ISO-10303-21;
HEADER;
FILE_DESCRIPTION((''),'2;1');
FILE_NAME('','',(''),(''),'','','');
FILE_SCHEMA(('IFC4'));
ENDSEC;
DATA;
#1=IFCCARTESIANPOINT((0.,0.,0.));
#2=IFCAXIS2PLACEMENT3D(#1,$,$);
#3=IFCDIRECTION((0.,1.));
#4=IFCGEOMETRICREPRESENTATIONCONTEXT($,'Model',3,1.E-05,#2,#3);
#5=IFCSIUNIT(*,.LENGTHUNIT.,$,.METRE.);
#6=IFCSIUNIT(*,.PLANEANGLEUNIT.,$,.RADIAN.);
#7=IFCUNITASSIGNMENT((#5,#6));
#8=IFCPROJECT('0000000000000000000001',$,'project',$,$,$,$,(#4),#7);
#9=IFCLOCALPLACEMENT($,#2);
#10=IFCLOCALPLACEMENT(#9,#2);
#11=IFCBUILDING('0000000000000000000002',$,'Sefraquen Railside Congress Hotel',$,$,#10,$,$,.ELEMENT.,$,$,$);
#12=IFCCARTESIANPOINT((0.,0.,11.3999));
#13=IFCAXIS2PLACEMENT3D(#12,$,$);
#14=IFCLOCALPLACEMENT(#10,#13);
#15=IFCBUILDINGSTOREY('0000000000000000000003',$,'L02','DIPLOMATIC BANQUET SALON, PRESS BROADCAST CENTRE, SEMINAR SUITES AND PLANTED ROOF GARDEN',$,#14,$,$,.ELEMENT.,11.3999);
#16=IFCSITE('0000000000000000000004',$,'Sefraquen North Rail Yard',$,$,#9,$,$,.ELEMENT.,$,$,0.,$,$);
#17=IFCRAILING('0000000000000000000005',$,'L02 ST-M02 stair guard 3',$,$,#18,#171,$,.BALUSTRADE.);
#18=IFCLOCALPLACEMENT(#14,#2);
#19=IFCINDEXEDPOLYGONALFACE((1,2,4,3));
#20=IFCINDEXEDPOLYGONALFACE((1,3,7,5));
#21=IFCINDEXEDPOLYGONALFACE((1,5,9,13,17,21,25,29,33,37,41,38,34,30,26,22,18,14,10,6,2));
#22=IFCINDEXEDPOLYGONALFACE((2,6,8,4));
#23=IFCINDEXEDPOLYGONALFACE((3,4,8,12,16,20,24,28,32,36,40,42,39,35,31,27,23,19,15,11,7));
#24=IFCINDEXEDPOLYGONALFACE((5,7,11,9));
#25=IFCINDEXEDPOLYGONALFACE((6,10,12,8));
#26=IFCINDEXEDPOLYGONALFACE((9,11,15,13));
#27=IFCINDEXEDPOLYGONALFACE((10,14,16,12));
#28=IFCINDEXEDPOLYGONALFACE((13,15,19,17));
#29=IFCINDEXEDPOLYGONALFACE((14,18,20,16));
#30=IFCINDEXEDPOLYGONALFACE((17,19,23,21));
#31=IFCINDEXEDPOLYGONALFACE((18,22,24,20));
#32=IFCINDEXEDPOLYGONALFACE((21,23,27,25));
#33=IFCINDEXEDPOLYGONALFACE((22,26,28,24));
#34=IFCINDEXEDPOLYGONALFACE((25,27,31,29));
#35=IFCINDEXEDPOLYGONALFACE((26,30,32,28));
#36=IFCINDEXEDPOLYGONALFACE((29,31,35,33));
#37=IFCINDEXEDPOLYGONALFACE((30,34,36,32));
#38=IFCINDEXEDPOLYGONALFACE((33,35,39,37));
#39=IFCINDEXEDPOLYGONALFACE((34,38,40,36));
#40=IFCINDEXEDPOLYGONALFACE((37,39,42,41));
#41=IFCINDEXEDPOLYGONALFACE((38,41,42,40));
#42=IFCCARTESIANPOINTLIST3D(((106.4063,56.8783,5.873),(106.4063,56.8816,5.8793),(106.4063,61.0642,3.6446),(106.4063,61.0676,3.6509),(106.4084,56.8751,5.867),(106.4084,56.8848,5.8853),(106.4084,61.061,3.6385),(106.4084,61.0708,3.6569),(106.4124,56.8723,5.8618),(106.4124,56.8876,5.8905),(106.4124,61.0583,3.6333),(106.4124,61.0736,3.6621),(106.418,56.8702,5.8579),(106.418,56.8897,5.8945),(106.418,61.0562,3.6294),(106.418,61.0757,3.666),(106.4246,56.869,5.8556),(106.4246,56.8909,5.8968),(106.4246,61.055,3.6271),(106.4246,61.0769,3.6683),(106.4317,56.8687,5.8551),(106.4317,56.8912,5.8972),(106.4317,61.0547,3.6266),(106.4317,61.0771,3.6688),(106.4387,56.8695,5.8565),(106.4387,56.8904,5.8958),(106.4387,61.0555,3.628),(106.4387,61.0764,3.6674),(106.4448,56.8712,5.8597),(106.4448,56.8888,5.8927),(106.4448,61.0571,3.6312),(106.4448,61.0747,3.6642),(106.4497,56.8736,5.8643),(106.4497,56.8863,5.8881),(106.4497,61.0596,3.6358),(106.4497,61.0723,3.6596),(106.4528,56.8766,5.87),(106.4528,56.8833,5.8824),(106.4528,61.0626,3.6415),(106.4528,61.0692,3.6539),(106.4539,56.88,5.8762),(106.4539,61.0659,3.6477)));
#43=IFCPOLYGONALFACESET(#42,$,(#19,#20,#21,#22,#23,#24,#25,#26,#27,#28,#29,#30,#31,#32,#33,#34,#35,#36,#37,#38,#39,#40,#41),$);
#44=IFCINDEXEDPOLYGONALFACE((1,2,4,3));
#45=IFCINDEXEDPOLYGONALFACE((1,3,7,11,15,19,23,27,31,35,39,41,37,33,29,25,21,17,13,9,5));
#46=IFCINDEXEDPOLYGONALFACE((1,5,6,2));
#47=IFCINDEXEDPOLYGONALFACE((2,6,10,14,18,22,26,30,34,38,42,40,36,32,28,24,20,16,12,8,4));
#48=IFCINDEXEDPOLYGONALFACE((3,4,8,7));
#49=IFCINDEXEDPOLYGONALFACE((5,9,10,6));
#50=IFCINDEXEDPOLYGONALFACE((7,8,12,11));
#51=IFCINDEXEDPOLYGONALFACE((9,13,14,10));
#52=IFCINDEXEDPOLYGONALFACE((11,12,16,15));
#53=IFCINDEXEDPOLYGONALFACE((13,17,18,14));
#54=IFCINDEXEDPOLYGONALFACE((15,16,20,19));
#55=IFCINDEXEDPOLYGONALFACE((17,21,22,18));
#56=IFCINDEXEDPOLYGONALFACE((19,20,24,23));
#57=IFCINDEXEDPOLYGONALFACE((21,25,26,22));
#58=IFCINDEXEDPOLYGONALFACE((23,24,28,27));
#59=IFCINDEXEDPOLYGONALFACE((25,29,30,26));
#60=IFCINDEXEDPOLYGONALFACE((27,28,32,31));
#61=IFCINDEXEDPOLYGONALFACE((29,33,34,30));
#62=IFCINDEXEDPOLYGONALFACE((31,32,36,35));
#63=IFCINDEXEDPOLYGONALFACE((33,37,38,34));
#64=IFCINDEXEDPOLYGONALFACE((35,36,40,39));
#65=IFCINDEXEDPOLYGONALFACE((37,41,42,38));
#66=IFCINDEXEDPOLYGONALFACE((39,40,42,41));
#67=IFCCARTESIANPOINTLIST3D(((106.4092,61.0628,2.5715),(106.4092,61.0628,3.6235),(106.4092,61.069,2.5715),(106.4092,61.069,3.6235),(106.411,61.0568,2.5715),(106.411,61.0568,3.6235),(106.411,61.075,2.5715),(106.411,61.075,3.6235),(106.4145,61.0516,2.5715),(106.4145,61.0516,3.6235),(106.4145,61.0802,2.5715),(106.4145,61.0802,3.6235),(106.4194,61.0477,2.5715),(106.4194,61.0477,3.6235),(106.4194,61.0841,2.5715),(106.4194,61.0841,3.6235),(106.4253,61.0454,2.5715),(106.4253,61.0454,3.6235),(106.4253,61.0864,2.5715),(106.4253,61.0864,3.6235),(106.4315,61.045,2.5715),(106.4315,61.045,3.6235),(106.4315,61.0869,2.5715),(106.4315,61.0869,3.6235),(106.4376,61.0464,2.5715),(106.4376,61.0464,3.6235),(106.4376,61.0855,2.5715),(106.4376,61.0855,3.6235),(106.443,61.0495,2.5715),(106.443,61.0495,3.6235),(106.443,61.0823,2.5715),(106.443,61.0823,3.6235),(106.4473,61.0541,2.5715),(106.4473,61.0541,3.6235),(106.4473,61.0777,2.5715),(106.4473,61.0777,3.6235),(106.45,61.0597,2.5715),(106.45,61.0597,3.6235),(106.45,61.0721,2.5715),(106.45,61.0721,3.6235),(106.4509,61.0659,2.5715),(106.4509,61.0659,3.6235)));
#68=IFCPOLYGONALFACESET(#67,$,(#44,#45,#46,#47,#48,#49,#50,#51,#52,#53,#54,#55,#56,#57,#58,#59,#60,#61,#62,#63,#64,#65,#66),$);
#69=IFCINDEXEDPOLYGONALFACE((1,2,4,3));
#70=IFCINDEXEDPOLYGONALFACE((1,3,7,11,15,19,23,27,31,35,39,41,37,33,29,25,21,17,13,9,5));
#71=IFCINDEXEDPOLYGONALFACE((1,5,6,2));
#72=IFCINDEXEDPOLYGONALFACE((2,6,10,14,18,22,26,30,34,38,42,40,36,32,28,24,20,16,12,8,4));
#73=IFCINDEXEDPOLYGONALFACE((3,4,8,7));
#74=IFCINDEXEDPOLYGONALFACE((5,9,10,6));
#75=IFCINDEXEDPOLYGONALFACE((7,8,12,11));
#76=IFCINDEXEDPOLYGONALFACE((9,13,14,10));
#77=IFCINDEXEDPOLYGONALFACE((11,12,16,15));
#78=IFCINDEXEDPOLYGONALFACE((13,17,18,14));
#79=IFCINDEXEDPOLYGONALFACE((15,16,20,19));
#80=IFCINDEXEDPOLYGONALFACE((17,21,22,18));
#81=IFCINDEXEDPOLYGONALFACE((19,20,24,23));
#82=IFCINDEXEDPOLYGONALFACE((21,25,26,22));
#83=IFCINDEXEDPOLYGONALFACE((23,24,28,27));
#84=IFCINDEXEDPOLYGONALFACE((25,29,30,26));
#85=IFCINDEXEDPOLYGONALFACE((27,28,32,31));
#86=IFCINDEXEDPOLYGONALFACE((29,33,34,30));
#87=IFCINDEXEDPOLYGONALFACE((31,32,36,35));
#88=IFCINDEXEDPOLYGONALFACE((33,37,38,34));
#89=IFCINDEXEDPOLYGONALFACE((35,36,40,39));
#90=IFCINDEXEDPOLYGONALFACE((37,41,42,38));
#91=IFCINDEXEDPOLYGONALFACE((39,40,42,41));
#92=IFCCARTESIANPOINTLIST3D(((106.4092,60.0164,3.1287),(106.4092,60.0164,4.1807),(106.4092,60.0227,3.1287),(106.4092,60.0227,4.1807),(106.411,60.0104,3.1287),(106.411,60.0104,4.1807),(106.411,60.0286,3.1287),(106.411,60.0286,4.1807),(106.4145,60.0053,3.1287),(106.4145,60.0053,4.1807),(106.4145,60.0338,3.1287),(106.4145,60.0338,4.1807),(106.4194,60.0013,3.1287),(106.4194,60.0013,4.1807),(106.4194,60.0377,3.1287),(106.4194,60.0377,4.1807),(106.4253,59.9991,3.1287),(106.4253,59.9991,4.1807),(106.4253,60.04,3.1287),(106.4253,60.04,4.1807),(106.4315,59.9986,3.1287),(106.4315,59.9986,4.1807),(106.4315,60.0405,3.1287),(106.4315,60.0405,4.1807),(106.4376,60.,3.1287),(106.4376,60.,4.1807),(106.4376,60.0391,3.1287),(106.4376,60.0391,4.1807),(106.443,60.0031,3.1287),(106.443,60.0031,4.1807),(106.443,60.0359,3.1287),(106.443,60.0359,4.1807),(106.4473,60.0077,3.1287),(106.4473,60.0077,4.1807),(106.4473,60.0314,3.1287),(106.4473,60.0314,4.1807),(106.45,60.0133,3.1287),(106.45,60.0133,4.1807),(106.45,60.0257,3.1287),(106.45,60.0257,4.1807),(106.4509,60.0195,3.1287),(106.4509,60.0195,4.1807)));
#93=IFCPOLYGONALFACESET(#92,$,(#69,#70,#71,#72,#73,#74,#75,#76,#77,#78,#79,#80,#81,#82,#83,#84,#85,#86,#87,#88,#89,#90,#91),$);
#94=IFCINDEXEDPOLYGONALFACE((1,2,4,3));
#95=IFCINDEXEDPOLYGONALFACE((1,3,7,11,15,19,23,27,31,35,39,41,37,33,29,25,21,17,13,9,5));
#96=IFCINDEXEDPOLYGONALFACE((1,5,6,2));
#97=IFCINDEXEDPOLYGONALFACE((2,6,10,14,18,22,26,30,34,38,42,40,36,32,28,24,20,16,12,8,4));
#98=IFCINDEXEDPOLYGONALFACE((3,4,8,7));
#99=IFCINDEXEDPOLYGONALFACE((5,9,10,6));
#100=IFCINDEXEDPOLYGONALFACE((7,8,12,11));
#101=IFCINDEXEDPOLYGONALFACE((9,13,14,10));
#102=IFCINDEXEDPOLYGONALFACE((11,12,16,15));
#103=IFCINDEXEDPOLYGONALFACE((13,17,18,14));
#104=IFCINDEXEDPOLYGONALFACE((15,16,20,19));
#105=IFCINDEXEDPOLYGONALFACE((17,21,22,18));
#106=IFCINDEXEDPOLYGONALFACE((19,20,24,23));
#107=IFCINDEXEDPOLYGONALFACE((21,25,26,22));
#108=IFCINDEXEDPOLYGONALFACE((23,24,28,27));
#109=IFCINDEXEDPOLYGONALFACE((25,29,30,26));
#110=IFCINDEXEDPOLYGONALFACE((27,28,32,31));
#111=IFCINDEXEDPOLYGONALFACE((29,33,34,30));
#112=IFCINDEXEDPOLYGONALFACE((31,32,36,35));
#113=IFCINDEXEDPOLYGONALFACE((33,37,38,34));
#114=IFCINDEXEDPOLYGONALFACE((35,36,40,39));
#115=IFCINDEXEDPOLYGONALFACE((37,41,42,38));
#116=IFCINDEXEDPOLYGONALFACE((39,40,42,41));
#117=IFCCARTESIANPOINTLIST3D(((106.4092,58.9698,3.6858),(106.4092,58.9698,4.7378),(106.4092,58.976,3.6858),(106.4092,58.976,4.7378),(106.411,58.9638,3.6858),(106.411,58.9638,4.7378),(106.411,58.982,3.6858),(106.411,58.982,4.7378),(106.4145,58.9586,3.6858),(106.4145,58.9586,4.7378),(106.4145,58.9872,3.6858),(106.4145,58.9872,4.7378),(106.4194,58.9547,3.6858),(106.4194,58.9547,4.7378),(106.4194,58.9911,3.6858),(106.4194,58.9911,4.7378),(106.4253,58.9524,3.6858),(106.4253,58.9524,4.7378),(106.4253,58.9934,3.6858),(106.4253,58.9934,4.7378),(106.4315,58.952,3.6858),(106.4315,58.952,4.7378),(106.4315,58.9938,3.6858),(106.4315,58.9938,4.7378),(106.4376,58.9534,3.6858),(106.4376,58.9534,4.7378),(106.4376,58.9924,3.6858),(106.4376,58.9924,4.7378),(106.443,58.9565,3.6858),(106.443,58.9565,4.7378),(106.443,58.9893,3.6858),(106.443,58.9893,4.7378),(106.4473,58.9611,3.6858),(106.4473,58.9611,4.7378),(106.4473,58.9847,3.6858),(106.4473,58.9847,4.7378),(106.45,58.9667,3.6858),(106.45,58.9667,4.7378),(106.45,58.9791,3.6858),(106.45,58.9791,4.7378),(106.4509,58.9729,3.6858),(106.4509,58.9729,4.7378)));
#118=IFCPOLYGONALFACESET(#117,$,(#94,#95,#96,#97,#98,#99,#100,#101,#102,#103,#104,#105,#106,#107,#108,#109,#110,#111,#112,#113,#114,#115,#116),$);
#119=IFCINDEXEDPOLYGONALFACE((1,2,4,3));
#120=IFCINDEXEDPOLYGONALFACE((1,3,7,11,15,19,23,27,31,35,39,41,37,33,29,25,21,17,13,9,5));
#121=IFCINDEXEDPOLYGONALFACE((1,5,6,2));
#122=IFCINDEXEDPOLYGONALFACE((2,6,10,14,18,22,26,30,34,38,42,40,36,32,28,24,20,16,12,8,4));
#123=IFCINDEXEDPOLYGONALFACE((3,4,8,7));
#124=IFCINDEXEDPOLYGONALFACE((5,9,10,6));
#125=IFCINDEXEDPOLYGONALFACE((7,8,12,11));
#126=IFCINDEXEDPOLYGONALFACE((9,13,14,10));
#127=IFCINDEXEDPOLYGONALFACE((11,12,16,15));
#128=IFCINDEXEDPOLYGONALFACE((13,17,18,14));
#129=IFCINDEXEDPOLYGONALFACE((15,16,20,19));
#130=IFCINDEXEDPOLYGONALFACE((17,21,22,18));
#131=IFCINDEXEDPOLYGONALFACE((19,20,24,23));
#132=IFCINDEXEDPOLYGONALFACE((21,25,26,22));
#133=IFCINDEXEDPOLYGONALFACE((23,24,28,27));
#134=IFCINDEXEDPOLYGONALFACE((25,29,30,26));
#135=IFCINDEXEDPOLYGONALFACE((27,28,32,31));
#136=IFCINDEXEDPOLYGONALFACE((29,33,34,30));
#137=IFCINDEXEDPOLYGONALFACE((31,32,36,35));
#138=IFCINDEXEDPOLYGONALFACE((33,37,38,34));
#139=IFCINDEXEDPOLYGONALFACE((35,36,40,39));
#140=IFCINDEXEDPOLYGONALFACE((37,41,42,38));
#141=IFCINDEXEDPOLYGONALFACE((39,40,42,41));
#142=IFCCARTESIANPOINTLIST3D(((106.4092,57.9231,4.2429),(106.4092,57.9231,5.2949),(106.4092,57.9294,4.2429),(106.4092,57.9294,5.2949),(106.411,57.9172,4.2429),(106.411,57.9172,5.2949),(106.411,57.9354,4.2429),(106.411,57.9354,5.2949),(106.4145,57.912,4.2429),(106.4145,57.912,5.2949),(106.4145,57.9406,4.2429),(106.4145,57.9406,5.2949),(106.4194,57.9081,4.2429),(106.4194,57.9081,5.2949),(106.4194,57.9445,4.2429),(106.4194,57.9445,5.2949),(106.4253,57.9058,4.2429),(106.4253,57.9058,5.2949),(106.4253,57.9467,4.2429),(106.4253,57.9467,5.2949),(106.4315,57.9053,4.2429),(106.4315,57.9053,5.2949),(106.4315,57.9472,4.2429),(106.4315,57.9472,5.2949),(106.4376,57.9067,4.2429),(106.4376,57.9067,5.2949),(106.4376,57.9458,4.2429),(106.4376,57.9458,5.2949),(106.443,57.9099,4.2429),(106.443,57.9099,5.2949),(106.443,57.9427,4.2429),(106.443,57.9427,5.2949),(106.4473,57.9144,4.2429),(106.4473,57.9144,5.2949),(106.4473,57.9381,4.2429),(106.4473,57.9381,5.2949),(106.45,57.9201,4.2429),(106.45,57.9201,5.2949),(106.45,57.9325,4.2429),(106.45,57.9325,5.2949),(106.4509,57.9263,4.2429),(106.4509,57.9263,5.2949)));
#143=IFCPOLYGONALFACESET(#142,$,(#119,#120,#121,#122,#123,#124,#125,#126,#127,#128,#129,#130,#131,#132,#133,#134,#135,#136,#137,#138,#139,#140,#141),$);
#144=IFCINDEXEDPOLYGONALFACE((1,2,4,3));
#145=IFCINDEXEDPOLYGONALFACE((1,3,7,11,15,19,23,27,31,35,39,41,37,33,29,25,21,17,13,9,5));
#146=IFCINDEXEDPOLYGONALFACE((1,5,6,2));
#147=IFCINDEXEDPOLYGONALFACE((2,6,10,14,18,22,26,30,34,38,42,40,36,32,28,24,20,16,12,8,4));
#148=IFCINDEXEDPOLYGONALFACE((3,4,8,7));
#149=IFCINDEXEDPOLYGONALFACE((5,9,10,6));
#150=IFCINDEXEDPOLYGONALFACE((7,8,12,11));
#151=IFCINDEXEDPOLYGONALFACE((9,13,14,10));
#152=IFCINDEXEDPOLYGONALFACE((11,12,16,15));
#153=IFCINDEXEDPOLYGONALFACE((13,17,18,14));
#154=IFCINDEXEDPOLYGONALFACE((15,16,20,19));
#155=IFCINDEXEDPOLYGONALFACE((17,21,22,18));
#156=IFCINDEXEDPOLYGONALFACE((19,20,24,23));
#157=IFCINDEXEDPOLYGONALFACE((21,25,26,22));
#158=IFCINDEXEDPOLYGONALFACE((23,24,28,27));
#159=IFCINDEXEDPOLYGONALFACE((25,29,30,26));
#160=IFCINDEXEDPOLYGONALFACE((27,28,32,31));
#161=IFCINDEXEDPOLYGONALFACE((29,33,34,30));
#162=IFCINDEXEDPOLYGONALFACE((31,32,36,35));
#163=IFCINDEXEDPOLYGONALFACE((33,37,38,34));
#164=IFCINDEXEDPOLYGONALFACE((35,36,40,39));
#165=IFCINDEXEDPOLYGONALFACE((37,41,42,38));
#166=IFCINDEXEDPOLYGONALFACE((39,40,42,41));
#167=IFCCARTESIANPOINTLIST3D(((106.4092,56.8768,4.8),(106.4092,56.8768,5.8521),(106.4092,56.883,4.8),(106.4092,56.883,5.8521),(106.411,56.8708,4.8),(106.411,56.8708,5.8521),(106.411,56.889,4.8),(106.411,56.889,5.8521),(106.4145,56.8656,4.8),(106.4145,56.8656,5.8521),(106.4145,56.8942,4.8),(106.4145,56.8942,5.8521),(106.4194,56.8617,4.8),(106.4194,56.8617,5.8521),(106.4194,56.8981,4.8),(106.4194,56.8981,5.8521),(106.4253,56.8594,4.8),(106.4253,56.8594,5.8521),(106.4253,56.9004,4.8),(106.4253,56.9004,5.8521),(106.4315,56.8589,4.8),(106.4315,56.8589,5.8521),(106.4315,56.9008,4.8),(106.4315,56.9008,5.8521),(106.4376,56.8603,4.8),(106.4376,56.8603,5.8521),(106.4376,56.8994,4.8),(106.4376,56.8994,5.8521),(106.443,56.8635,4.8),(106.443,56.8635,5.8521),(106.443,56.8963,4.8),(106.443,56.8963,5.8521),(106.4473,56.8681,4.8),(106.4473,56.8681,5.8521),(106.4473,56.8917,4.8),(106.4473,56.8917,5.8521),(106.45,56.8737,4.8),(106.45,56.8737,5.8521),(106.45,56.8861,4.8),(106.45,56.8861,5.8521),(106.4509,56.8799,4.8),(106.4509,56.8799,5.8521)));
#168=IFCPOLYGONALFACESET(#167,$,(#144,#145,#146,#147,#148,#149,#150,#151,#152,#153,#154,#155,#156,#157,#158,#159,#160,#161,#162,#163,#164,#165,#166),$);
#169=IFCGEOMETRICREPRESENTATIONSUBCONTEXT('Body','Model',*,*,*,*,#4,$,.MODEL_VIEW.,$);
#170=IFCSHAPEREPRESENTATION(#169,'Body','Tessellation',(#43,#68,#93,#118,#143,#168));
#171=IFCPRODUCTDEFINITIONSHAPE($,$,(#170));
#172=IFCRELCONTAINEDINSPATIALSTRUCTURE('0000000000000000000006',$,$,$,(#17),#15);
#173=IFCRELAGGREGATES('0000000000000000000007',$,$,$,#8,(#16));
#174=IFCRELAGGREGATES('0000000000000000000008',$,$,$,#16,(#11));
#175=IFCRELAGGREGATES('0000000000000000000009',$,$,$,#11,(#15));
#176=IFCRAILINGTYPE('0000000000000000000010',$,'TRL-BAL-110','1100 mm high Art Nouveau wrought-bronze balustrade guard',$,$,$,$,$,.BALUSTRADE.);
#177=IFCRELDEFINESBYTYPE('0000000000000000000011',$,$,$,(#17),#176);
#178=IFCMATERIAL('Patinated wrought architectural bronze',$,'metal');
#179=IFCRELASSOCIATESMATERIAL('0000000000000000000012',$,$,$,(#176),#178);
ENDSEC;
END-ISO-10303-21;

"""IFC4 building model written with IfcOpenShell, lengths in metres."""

from ifc_helpers import new_model, si_unit, direction, frame, origin, origin_2d, place, context, subcontext, project, spatial, circle, extrude, material, type_object, element, save


model = new_model("IFC4")

# Units and contexts
model_context = context("Model", 3, precision=1e-05, world=origin(), true_north=direction((0.0, 1.0)))
body_context = subcontext(model_context, "Body", "Model", "MODEL_VIEW")
ifc_project = project(units=[si_unit("LENGTHUNIT", "METRE"), si_unit("PLANEANGLEUNIT", "RADIAN")], contexts=[model_context])

# Site, building, storey
site_placement = place(None, origin())
site = spatial("IfcSite", under=ifc_project, at=site_placement, Name="Sefraquen North Rail Yard", CompositionType="ELEMENT", RefElevation=0.0)
building_placement = place(site_placement, origin())
building = spatial("IfcBuilding", under=site, at=building_placement, Name="Sefraquen Railside Congress Hotel", CompositionType="ELEMENT")
storey_placement = place(building_placement, frame((0.0, 0.0, 11.3999)))
storey = spatial("IfcBuildingStorey", under=building, at=storey_placement, Name="L02", Description="DIPLOMATIC BANQUET SALON, PRESS BROADCAST CENTRE, SEMINAR SUITES AND PLANTED ROOF GARDEN", CompositionType="ELEMENT", Elevation=11.3999)

# Railing
ifc_material_1 = material(Name="Patinated wrought architectural bronze", Category="metal")
railing_type_1 = type_object("IfcRailingType", Name="TRL-BAL-110", Description="1100 mm high Art Nouveau wrought-bronze balustrade guard", PredefinedType="BALUSTRADE", material=ifc_material_1)
railing_1_placement = place(storey_placement, frame((106.4299, 61.0659, 2.5715)))
element("IfcRailing", 1, at=railing_1_placement, inside=storey, type_object=railing_type_1, Name="L02 ST-M02 stair guard 3", PredefinedType="BALUSTRADE", context=body_context, shape_type="SweptSolid", body=[
    extrude(circle(Radius=0.0239, at=origin_2d()), frame((0.0, 0.0, 1.0762), z_axis=(0.0, -0.882706, 0.469925), x_axis=(1.0, 0.0, 0.0)), (0.0, 0.0, 1.0), 4.7422),
    extrude(circle(Radius=0.021, at=origin_2d()), origin(), (0.0, 0.0, 1.0), 1.052),
    extrude(circle(Radius=0.021, at=origin_2d()), frame((0.0, -1.0464, 0.5571)), (0.0, 0.0, 1.0), 1.052),
    extrude(circle(Radius=0.021, at=origin_2d()), frame((0.0, -2.093, 1.1143)), (0.0, 0.0, 1.0), 1.052),
    extrude(circle(Radius=0.021, at=origin_2d()), frame((0.0, -3.1396, 1.6714)), (0.0, 0.0, 1.0), 1.052),
    extrude(circle(Radius=0.021, at=origin_2d()), frame((0.0, -4.186, 2.2285)), (0.0, 0.0, 1.0), 1.052),
])

save(model, "model.ifc")
